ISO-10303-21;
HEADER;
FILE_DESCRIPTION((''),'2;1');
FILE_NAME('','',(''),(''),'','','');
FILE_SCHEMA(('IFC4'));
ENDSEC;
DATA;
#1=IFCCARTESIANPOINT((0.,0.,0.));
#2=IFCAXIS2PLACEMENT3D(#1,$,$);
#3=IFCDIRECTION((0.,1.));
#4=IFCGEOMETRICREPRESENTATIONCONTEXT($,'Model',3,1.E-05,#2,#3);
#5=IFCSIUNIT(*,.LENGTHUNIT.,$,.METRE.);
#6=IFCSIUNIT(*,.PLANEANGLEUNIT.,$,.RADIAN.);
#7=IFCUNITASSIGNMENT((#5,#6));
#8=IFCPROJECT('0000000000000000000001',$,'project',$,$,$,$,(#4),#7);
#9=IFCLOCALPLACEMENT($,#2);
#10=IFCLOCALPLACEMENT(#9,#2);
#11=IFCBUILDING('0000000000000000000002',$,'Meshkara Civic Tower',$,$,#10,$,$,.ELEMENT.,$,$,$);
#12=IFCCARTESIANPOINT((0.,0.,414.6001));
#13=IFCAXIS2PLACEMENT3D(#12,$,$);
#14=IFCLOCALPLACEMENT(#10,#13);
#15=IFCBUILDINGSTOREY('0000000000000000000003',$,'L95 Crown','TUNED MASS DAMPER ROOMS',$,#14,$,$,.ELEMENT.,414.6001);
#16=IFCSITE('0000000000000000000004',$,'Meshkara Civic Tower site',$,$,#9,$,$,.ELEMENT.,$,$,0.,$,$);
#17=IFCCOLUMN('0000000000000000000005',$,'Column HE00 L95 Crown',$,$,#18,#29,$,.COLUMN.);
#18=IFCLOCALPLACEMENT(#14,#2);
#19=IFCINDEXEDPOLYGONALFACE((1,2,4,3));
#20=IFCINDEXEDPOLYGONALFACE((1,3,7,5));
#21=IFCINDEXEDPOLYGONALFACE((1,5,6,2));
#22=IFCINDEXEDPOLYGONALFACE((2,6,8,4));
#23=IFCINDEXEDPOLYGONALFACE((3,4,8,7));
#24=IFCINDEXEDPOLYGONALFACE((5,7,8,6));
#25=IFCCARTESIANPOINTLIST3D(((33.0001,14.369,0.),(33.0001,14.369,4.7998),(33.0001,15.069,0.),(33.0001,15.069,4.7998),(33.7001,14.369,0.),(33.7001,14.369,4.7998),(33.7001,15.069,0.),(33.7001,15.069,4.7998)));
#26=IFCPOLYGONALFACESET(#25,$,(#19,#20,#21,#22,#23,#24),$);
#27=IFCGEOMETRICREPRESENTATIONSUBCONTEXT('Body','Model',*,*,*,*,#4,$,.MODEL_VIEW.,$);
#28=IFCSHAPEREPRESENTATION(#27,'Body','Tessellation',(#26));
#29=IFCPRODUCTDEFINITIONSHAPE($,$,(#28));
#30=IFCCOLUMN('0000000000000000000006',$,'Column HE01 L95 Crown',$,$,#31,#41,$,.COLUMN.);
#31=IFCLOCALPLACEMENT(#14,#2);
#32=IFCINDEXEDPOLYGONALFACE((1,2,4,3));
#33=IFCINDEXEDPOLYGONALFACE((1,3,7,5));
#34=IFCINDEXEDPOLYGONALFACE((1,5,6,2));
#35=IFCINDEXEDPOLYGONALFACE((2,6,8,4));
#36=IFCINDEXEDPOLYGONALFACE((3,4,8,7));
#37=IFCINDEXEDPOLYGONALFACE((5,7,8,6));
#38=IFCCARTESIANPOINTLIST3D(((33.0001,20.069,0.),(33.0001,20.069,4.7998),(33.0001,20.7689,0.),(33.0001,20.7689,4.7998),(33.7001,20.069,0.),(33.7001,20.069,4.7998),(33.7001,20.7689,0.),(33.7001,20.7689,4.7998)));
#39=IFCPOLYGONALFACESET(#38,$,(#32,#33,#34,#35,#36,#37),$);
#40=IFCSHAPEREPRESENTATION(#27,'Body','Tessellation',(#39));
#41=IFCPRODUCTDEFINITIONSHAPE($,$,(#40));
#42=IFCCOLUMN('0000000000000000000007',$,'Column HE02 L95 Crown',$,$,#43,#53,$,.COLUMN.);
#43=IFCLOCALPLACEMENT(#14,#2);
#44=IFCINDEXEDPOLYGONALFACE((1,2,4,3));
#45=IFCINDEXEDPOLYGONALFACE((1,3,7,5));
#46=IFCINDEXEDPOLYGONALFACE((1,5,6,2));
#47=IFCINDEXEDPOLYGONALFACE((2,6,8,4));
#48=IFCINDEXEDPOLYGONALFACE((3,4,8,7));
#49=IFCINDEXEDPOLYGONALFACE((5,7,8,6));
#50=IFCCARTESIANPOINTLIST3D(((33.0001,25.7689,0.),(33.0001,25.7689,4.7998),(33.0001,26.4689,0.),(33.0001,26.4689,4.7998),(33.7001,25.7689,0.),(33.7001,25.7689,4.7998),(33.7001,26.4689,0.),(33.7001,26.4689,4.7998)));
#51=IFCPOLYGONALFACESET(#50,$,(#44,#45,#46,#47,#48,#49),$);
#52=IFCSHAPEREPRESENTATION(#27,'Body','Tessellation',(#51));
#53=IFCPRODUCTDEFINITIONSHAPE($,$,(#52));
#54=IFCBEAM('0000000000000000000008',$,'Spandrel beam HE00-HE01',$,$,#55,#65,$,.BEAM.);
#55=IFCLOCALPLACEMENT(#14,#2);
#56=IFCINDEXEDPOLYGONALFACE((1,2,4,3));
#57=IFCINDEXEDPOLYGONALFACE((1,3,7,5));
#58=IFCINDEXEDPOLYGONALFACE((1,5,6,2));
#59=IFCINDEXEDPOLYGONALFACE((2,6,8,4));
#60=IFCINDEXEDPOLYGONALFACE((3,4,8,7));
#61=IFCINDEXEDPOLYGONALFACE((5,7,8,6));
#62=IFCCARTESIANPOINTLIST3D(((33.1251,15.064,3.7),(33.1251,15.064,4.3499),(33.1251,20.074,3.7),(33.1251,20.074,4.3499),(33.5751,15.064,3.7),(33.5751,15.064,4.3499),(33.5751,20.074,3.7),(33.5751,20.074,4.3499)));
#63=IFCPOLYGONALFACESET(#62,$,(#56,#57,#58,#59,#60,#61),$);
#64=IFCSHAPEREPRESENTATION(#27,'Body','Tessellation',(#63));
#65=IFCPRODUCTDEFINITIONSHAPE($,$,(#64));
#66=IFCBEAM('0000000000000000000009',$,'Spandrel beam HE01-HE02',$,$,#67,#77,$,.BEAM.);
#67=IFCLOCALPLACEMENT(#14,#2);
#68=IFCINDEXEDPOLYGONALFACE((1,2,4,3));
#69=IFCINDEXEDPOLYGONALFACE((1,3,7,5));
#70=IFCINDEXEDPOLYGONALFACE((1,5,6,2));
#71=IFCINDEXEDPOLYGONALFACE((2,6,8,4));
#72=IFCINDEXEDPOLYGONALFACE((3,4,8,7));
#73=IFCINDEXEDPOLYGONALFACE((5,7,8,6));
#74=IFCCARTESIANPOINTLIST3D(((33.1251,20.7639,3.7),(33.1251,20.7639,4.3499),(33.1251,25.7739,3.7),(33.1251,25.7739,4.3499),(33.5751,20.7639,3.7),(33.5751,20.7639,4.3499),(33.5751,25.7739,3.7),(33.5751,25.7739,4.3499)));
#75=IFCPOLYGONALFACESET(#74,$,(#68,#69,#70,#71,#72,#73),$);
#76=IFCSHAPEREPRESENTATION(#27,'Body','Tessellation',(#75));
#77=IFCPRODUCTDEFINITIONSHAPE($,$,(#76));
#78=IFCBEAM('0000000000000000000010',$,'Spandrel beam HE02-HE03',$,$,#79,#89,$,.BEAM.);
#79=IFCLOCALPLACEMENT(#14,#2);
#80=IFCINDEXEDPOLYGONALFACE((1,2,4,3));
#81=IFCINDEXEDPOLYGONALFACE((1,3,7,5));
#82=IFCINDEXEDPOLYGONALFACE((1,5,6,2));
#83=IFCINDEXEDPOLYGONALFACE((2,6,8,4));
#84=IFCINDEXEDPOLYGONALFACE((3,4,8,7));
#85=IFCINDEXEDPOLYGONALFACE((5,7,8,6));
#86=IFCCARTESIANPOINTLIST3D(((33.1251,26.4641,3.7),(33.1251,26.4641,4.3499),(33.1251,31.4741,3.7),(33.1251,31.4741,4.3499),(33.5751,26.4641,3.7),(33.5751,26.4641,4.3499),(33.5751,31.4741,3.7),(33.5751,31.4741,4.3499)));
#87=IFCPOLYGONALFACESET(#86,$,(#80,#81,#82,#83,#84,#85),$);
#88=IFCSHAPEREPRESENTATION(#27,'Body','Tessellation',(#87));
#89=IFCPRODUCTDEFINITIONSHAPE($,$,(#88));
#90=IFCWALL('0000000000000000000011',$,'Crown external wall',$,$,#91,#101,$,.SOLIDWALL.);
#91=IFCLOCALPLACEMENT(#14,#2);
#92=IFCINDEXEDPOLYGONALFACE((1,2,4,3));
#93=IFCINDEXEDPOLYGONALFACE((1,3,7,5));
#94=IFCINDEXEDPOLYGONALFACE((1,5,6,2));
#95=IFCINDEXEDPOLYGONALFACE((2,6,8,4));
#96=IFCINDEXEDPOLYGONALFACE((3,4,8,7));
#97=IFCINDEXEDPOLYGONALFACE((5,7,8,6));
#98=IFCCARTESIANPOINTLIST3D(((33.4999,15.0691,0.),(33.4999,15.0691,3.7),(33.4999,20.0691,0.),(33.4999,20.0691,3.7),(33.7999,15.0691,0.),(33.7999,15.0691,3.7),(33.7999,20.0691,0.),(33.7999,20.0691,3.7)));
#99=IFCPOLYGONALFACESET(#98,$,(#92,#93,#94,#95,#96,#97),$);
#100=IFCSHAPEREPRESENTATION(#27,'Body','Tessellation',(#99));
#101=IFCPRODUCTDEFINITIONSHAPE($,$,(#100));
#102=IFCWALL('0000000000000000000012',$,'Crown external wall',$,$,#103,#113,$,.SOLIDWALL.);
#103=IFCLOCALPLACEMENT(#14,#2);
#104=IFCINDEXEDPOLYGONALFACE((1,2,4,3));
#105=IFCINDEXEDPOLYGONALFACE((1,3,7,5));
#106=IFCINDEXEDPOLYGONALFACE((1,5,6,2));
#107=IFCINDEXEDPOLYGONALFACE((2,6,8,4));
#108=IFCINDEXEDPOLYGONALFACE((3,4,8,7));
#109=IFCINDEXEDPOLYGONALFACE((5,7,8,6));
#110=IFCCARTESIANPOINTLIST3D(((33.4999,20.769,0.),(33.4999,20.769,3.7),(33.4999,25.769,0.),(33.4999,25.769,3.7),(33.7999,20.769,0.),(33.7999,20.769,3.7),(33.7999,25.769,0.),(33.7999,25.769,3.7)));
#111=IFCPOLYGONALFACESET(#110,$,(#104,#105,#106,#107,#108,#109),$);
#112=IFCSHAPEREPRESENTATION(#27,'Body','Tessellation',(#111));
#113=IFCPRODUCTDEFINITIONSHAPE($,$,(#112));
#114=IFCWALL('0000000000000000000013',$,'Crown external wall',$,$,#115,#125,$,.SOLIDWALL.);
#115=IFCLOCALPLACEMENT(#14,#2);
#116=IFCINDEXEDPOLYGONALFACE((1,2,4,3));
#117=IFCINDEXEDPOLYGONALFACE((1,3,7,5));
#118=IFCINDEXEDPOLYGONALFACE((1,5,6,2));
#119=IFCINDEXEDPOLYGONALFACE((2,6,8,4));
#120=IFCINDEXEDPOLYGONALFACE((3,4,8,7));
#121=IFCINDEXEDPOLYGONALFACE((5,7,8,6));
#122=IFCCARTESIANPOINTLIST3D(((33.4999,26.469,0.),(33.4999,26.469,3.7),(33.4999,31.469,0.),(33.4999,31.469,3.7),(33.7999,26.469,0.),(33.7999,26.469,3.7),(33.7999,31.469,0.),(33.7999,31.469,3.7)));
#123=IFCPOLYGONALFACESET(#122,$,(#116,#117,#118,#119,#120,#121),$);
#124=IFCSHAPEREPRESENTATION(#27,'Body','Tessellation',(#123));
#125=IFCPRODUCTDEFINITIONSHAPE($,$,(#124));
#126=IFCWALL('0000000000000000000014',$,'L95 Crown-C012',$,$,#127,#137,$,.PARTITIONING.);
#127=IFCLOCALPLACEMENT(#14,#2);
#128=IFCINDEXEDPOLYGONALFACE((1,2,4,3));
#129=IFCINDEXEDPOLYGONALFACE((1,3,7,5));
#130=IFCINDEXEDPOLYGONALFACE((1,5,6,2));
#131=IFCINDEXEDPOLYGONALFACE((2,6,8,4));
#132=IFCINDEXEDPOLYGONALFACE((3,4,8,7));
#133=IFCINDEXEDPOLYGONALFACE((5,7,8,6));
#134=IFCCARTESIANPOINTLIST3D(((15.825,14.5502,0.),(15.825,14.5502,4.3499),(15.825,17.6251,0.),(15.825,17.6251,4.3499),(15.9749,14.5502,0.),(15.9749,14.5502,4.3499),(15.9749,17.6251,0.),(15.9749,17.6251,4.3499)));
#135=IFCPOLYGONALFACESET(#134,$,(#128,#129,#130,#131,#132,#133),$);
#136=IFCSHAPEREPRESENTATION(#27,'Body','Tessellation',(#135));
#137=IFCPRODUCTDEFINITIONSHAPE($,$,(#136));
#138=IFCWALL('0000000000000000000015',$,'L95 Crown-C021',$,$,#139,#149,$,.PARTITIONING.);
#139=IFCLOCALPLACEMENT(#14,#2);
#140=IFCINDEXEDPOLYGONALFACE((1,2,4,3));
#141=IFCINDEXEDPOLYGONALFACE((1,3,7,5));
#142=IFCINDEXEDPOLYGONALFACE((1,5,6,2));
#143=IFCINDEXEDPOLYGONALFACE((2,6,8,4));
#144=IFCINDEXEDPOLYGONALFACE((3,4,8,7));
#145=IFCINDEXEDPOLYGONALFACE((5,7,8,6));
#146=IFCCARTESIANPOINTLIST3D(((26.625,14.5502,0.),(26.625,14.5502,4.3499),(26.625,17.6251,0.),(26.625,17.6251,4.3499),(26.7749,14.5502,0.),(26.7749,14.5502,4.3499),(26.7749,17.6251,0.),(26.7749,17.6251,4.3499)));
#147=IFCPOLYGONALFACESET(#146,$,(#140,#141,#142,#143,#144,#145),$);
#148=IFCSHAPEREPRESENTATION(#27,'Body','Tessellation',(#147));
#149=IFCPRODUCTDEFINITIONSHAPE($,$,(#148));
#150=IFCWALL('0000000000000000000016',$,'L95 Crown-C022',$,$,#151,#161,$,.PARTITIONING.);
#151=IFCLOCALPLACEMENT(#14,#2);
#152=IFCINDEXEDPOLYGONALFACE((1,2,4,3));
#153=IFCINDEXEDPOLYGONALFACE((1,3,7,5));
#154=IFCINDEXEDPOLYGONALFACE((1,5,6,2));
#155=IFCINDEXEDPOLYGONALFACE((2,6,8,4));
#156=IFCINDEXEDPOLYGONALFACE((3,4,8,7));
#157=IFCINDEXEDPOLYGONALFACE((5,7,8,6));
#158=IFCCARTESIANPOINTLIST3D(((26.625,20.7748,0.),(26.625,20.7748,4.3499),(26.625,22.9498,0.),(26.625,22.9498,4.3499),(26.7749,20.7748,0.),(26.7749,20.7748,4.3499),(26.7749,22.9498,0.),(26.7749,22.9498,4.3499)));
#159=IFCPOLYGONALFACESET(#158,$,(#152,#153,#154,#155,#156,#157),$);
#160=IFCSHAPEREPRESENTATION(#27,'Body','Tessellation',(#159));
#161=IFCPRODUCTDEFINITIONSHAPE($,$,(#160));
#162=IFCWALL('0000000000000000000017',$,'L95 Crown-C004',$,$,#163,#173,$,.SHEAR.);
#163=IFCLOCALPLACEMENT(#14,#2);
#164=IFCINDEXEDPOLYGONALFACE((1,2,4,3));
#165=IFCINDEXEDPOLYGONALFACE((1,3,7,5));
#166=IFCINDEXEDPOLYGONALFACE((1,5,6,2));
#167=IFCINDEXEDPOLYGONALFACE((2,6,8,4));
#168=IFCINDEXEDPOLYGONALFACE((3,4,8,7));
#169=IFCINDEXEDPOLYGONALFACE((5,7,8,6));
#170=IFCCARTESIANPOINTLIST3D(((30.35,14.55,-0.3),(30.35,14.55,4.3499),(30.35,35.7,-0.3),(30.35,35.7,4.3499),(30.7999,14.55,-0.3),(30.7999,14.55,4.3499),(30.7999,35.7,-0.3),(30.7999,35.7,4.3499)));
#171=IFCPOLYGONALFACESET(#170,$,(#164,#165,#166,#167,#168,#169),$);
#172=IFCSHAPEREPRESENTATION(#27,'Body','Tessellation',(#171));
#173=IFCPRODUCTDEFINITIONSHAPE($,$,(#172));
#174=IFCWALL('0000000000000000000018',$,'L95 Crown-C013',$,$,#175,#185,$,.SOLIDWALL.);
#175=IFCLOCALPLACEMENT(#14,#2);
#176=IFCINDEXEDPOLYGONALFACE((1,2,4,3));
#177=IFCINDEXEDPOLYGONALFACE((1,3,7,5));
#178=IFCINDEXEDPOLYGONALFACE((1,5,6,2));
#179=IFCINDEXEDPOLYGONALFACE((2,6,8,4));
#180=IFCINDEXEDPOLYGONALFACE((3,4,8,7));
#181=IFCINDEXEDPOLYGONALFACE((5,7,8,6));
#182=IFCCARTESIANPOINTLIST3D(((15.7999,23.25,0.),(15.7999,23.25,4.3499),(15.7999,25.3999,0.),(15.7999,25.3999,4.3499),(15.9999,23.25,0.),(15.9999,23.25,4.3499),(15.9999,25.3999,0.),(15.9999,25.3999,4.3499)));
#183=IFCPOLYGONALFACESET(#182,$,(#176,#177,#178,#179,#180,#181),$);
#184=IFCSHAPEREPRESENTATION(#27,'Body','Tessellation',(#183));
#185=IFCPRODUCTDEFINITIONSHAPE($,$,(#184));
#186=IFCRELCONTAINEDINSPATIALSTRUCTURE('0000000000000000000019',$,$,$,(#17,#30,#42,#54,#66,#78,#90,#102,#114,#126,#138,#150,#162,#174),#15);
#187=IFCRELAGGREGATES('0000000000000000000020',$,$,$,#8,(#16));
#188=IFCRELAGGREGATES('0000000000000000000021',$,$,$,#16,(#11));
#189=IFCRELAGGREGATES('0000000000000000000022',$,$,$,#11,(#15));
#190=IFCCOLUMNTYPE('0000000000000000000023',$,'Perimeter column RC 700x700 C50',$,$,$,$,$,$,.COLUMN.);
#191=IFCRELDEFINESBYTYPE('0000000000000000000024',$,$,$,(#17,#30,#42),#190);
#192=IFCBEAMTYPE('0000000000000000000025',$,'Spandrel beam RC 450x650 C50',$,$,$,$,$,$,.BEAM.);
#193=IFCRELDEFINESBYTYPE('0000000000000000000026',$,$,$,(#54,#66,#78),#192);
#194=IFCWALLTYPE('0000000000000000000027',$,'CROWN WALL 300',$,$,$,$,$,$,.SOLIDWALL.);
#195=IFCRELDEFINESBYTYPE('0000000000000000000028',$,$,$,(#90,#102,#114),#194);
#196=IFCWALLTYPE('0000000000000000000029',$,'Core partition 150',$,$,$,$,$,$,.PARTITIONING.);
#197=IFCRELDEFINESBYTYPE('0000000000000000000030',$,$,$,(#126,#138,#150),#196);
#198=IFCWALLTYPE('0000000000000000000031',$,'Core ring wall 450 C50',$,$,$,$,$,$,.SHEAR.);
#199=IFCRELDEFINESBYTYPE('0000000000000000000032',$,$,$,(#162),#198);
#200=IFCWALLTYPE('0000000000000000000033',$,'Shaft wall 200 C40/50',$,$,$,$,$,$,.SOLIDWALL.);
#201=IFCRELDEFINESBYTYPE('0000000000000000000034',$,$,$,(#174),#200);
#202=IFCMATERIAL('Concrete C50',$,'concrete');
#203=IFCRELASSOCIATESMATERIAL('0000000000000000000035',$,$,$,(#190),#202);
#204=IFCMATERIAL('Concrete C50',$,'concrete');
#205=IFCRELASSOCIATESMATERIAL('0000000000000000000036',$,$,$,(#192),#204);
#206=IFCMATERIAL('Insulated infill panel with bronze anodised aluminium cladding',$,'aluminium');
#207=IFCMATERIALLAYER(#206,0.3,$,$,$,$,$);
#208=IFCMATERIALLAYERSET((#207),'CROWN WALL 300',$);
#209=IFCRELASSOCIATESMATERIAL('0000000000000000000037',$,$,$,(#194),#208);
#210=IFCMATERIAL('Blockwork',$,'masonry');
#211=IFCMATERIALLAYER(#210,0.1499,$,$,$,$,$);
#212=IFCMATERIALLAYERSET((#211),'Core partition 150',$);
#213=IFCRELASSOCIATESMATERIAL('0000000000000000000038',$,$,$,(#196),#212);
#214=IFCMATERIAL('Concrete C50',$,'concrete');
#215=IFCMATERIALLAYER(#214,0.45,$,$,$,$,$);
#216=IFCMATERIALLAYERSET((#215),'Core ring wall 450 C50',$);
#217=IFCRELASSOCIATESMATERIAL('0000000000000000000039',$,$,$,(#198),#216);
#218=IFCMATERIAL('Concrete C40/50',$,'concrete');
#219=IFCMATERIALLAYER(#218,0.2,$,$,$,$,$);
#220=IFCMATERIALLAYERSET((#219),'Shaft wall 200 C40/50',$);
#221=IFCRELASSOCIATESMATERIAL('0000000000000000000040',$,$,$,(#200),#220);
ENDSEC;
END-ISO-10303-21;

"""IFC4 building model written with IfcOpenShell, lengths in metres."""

from ifc_helpers import new_model, si_unit, direction, frame, frame_2d, origin, origin_2d, place, context, subcontext, project, spatial, rectangle, extrude, material, layer, layer_set, material_profile, profile_set, type_object, element, save


model = new_model("IFC4")

# Units and contexts
model_context = context("Model", 3, precision=1e-05, world=origin(), true_north=direction((0.0, 1.0)))
body_context = subcontext(model_context, "Body", "Model", "MODEL_VIEW")
ifc_project = project(units=[si_unit("LENGTHUNIT", "METRE"), si_unit("PLANEANGLEUNIT", "RADIAN")], contexts=[model_context])

# Site, building, storey
site_placement = place(None, origin())
site = spatial("IfcSite", under=ifc_project, at=site_placement, Name="Meshkara Civic Tower site", CompositionType="ELEMENT", RefElevation=0.0)
building_placement = place(site_placement, origin())
building = spatial("IfcBuilding", under=site, at=building_placement, Name="Meshkara Civic Tower", CompositionType="ELEMENT")
storey_placement = place(building_placement, frame((0.0, 0.0, 414.6001)))
storey = spatial("IfcBuildingStorey", under=building, at=storey_placement, Name="L95 Crown", Description="TUNED MASS DAMPER ROOMS", CompositionType="ELEMENT", Elevation=414.6001)

# Columns
ifc_material_1 = material(Name="Concrete C50", Category="concrete")
ifc_material_profile_1 = material_profile(ifc_material_1, rectangle(XDim=0.7, YDim=0.7, at=origin_2d()))
ifc_profile_set_1 = profile_set([ifc_material_profile_1], Name="Concrete C50")
column_type = type_object("IfcColumnType", Name="Perimeter column RC 700x700 C50", PredefinedType="COLUMN", material=ifc_profile_set_1)
for number, where, z_axis, x_axis, name in (
    (1, (33.3501, 14.719, 0.0), (0.0, 0.0, 1.0), (1.0, 0.0, 0.0), "Column HE00 L95 Crown"),
    (2, (33.3501, 20.4189, 0.0), (0.0, 0.0, 1.0), (1.0, 0.0, 0.0), "Column HE01 L95 Crown"),
    (3, (33.3501, 26.1189, 0.0), (0.0, 0.0, 1.0), (1.0, 0.0, 0.0), "Column HE02 L95 Crown"),
):
    element("IfcColumn", number, at=place(storey_placement, frame(where, z_axis=z_axis, x_axis=x_axis)), inside=storey, type_object=column_type, Name=name, PredefinedType="COLUMN", context=body_context, shape_type="SweptSolid", body=[
        extrude(rectangle(XDim=0.7, YDim=0.7, at=origin_2d()), origin(), (0.0, 0.0, 1.0), 4.7998),
    ])

# Beams
ifc_material_2 = material(Name="Concrete C50", Category="concrete")
ifc_material_profile_2 = material_profile(ifc_material_2, rectangle(XDim=0.45, YDim=0.6499, at=origin_2d()))
ifc_profile_set_2 = profile_set([ifc_material_profile_2], Name="Concrete C50")
beam_type = type_object("IfcBeamType", Name="Spandrel beam RC 450x650 C50", PredefinedType="BEAM", material=ifc_profile_set_2)
for number, where, z_axis, x_axis, name in (
    (4, (33.3501, 15.064, 4.0249), (0.0, 1.0, 0.0), (-1.0, 0.0, 0.0), "Spandrel beam HE00-HE01"),
    (5, (33.3501, 20.7639, 4.0249), (0.0, 1.0, 0.0), (-1.0, 0.0, 0.0), "Spandrel beam HE01-HE02"),
    (6, (33.3501, 26.4641, 4.0249), (0.0, 1.0, 0.0), (-1.0, 0.0, 0.0), "Spandrel beam HE02-HE03"),
):
    element("IfcBeam", number, at=place(storey_placement, frame(where, z_axis=z_axis, x_axis=x_axis)), inside=storey, type_object=beam_type, Name=name, PredefinedType="BEAM", context=body_context, shape_type="SweptSolid", body=[
        extrude(rectangle(XDim=0.45, YDim=0.6499, at=origin_2d()), origin(), (0.0, 0.0, 1.0), 5.01),
    ])

# Walls
ifc_material_3 = material(Name="Insulated infill panel with bronze anodised aluminium cladding", Category="aluminium")
ifc_layer_1 = layer(ifc_material_3, 0.3)
ifc_layer_set_1 = layer_set([ifc_layer_1], Name="CROWN WALL 300")
wall_type_1 = type_object("IfcWallType", Name="CROWN WALL 300", PredefinedType="SOLIDWALL", material=ifc_layer_set_1)
for number, where, z_axis, x_axis, name in (
    (7, (33.6499, 15.0691, 0.0), (0.0, 0.0, 1.0), (0.0, 1.0, 0.0), "Crown external wall"),
    (8, (33.6499, 20.769, 0.0), (0.0, 0.0, 1.0), (0.0, 1.0, 0.0), "Crown external wall"),
    (9, (33.6499, 26.469, 0.0), (0.0, 0.0, 1.0), (0.0, 1.0, 0.0), "Crown external wall"),
):
    element("IfcWall", number, at=place(storey_placement, frame(where, z_axis=z_axis, x_axis=x_axis)), inside=storey, type_object=wall_type_1, Name=name, PredefinedType="SOLIDWALL", context=body_context, shape_type="SweptSolid", body=[
        extrude(rectangle(XDim=5.0, YDim=0.3, at=frame_2d((2.5, 0.0))), origin(), (0.0, 0.0, 1.0), 3.7),
    ])
ifc_material_4 = material(Name="Blockwork", Category="masonry")
ifc_layer_2 = layer(ifc_material_4, 0.1499)
ifc_layer_set_2 = layer_set([ifc_layer_2], Name="Core partition 150")
wall_type_2 = type_object("IfcWallType", Name="Core partition 150", PredefinedType="PARTITIONING", material=ifc_layer_set_2)
for number, where, z_axis, x_axis, name in (
    (10, (15.8999, 14.55, 0.0), (0.0, 0.0, 1.0), (0.0, 1.0, 0.0), "L95 Crown-C012"),
    (11, (26.7, 14.55, 0.0), (0.0, 0.0, 1.0), (0.0, 1.0, 0.0), "L95 Crown-C021"),
):
    element("IfcWall", number, at=place(storey_placement, frame(where, z_axis=z_axis, x_axis=x_axis)), inside=storey, type_object=wall_type_2, Name=name, PredefinedType="PARTITIONING", context=body_context, shape_type="SweptSolid", body=[
        extrude(rectangle(XDim=3.075, YDim=0.1499, at=frame_2d((1.5376, 0.0))), origin(), (0.0, 0.0, 1.0), 4.3499),
    ])
wall_1_placement = place(storey_placement, frame((26.7, 20.7749, 0.0), z_axis=(0.0, 0.0, 1.0), x_axis=(0.0, 1.0, 0.0)))
element("IfcWall", 12, at=wall_1_placement, inside=storey, type_object=wall_type_2, Name="L95 Crown-C022", PredefinedType="PARTITIONING", context=body_context, shape_type="SweptSolid", body=[
    extrude(rectangle(XDim=2.175, YDim=0.1499, at=frame_2d((1.0874, 0.0))), origin(), (0.0, 0.0, 1.0), 4.3499),
])
ifc_material_5 = material(Name="Concrete C50", Category="concrete")
ifc_layer_3 = layer(ifc_material_5, 0.45)
ifc_layer_set_3 = layer_set([ifc_layer_3], Name="Core ring wall 450 C50")
wall_type_3 = type_object("IfcWallType", Name="Core ring wall 450 C50", PredefinedType="SHEAR", material=ifc_layer_set_3)
wall_2_placement = place(storey_placement, frame((30.575, 14.55, -0.3), z_axis=(0.0, 0.0, 1.0), x_axis=(0.0, 1.0, 0.0)))
element("IfcWall", 13, at=wall_2_placement, inside=storey, type_object=wall_type_3, Name="L95 Crown-C004", PredefinedType="SHEAR", context=body_context, shape_type="SweptSolid", body=[
    extrude(rectangle(XDim=21.1499, YDim=0.45, at=frame_2d((10.575, 0.0))), origin(), (0.0, 0.0, 1.0), 4.6499),
])
ifc_material_6 = material(Name="Concrete C40/50", Category="concrete")
ifc_layer_4 = layer(ifc_material_6, 0.2)
ifc_layer_set_4 = layer_set([ifc_layer_4], Name="Shaft wall 200 C40/50")
wall_type_4 = type_object("IfcWallType", Name="Shaft wall 200 C40/50", PredefinedType="SOLIDWALL", material=ifc_layer_set_4)
wall_3_placement = place(storey_placement, frame((15.8999, 23.25, 0.0), z_axis=(0.0, 0.0, 1.0), x_axis=(0.0, 1.0, 0.0)))
element("IfcWall", 14, at=wall_3_placement, inside=storey, type_object=wall_type_4, Name="L95 Crown-C013", PredefinedType="SOLIDWALL", context=body_context, shape_type="SweptSolid", body=[
    extrude(rectangle(XDim=2.1499, YDim=0.2, at=frame_2d((1.075, 0.0))), origin(), (0.0, 0.0, 1.0), 4.3499),
])

save(model, "model.ifc")
